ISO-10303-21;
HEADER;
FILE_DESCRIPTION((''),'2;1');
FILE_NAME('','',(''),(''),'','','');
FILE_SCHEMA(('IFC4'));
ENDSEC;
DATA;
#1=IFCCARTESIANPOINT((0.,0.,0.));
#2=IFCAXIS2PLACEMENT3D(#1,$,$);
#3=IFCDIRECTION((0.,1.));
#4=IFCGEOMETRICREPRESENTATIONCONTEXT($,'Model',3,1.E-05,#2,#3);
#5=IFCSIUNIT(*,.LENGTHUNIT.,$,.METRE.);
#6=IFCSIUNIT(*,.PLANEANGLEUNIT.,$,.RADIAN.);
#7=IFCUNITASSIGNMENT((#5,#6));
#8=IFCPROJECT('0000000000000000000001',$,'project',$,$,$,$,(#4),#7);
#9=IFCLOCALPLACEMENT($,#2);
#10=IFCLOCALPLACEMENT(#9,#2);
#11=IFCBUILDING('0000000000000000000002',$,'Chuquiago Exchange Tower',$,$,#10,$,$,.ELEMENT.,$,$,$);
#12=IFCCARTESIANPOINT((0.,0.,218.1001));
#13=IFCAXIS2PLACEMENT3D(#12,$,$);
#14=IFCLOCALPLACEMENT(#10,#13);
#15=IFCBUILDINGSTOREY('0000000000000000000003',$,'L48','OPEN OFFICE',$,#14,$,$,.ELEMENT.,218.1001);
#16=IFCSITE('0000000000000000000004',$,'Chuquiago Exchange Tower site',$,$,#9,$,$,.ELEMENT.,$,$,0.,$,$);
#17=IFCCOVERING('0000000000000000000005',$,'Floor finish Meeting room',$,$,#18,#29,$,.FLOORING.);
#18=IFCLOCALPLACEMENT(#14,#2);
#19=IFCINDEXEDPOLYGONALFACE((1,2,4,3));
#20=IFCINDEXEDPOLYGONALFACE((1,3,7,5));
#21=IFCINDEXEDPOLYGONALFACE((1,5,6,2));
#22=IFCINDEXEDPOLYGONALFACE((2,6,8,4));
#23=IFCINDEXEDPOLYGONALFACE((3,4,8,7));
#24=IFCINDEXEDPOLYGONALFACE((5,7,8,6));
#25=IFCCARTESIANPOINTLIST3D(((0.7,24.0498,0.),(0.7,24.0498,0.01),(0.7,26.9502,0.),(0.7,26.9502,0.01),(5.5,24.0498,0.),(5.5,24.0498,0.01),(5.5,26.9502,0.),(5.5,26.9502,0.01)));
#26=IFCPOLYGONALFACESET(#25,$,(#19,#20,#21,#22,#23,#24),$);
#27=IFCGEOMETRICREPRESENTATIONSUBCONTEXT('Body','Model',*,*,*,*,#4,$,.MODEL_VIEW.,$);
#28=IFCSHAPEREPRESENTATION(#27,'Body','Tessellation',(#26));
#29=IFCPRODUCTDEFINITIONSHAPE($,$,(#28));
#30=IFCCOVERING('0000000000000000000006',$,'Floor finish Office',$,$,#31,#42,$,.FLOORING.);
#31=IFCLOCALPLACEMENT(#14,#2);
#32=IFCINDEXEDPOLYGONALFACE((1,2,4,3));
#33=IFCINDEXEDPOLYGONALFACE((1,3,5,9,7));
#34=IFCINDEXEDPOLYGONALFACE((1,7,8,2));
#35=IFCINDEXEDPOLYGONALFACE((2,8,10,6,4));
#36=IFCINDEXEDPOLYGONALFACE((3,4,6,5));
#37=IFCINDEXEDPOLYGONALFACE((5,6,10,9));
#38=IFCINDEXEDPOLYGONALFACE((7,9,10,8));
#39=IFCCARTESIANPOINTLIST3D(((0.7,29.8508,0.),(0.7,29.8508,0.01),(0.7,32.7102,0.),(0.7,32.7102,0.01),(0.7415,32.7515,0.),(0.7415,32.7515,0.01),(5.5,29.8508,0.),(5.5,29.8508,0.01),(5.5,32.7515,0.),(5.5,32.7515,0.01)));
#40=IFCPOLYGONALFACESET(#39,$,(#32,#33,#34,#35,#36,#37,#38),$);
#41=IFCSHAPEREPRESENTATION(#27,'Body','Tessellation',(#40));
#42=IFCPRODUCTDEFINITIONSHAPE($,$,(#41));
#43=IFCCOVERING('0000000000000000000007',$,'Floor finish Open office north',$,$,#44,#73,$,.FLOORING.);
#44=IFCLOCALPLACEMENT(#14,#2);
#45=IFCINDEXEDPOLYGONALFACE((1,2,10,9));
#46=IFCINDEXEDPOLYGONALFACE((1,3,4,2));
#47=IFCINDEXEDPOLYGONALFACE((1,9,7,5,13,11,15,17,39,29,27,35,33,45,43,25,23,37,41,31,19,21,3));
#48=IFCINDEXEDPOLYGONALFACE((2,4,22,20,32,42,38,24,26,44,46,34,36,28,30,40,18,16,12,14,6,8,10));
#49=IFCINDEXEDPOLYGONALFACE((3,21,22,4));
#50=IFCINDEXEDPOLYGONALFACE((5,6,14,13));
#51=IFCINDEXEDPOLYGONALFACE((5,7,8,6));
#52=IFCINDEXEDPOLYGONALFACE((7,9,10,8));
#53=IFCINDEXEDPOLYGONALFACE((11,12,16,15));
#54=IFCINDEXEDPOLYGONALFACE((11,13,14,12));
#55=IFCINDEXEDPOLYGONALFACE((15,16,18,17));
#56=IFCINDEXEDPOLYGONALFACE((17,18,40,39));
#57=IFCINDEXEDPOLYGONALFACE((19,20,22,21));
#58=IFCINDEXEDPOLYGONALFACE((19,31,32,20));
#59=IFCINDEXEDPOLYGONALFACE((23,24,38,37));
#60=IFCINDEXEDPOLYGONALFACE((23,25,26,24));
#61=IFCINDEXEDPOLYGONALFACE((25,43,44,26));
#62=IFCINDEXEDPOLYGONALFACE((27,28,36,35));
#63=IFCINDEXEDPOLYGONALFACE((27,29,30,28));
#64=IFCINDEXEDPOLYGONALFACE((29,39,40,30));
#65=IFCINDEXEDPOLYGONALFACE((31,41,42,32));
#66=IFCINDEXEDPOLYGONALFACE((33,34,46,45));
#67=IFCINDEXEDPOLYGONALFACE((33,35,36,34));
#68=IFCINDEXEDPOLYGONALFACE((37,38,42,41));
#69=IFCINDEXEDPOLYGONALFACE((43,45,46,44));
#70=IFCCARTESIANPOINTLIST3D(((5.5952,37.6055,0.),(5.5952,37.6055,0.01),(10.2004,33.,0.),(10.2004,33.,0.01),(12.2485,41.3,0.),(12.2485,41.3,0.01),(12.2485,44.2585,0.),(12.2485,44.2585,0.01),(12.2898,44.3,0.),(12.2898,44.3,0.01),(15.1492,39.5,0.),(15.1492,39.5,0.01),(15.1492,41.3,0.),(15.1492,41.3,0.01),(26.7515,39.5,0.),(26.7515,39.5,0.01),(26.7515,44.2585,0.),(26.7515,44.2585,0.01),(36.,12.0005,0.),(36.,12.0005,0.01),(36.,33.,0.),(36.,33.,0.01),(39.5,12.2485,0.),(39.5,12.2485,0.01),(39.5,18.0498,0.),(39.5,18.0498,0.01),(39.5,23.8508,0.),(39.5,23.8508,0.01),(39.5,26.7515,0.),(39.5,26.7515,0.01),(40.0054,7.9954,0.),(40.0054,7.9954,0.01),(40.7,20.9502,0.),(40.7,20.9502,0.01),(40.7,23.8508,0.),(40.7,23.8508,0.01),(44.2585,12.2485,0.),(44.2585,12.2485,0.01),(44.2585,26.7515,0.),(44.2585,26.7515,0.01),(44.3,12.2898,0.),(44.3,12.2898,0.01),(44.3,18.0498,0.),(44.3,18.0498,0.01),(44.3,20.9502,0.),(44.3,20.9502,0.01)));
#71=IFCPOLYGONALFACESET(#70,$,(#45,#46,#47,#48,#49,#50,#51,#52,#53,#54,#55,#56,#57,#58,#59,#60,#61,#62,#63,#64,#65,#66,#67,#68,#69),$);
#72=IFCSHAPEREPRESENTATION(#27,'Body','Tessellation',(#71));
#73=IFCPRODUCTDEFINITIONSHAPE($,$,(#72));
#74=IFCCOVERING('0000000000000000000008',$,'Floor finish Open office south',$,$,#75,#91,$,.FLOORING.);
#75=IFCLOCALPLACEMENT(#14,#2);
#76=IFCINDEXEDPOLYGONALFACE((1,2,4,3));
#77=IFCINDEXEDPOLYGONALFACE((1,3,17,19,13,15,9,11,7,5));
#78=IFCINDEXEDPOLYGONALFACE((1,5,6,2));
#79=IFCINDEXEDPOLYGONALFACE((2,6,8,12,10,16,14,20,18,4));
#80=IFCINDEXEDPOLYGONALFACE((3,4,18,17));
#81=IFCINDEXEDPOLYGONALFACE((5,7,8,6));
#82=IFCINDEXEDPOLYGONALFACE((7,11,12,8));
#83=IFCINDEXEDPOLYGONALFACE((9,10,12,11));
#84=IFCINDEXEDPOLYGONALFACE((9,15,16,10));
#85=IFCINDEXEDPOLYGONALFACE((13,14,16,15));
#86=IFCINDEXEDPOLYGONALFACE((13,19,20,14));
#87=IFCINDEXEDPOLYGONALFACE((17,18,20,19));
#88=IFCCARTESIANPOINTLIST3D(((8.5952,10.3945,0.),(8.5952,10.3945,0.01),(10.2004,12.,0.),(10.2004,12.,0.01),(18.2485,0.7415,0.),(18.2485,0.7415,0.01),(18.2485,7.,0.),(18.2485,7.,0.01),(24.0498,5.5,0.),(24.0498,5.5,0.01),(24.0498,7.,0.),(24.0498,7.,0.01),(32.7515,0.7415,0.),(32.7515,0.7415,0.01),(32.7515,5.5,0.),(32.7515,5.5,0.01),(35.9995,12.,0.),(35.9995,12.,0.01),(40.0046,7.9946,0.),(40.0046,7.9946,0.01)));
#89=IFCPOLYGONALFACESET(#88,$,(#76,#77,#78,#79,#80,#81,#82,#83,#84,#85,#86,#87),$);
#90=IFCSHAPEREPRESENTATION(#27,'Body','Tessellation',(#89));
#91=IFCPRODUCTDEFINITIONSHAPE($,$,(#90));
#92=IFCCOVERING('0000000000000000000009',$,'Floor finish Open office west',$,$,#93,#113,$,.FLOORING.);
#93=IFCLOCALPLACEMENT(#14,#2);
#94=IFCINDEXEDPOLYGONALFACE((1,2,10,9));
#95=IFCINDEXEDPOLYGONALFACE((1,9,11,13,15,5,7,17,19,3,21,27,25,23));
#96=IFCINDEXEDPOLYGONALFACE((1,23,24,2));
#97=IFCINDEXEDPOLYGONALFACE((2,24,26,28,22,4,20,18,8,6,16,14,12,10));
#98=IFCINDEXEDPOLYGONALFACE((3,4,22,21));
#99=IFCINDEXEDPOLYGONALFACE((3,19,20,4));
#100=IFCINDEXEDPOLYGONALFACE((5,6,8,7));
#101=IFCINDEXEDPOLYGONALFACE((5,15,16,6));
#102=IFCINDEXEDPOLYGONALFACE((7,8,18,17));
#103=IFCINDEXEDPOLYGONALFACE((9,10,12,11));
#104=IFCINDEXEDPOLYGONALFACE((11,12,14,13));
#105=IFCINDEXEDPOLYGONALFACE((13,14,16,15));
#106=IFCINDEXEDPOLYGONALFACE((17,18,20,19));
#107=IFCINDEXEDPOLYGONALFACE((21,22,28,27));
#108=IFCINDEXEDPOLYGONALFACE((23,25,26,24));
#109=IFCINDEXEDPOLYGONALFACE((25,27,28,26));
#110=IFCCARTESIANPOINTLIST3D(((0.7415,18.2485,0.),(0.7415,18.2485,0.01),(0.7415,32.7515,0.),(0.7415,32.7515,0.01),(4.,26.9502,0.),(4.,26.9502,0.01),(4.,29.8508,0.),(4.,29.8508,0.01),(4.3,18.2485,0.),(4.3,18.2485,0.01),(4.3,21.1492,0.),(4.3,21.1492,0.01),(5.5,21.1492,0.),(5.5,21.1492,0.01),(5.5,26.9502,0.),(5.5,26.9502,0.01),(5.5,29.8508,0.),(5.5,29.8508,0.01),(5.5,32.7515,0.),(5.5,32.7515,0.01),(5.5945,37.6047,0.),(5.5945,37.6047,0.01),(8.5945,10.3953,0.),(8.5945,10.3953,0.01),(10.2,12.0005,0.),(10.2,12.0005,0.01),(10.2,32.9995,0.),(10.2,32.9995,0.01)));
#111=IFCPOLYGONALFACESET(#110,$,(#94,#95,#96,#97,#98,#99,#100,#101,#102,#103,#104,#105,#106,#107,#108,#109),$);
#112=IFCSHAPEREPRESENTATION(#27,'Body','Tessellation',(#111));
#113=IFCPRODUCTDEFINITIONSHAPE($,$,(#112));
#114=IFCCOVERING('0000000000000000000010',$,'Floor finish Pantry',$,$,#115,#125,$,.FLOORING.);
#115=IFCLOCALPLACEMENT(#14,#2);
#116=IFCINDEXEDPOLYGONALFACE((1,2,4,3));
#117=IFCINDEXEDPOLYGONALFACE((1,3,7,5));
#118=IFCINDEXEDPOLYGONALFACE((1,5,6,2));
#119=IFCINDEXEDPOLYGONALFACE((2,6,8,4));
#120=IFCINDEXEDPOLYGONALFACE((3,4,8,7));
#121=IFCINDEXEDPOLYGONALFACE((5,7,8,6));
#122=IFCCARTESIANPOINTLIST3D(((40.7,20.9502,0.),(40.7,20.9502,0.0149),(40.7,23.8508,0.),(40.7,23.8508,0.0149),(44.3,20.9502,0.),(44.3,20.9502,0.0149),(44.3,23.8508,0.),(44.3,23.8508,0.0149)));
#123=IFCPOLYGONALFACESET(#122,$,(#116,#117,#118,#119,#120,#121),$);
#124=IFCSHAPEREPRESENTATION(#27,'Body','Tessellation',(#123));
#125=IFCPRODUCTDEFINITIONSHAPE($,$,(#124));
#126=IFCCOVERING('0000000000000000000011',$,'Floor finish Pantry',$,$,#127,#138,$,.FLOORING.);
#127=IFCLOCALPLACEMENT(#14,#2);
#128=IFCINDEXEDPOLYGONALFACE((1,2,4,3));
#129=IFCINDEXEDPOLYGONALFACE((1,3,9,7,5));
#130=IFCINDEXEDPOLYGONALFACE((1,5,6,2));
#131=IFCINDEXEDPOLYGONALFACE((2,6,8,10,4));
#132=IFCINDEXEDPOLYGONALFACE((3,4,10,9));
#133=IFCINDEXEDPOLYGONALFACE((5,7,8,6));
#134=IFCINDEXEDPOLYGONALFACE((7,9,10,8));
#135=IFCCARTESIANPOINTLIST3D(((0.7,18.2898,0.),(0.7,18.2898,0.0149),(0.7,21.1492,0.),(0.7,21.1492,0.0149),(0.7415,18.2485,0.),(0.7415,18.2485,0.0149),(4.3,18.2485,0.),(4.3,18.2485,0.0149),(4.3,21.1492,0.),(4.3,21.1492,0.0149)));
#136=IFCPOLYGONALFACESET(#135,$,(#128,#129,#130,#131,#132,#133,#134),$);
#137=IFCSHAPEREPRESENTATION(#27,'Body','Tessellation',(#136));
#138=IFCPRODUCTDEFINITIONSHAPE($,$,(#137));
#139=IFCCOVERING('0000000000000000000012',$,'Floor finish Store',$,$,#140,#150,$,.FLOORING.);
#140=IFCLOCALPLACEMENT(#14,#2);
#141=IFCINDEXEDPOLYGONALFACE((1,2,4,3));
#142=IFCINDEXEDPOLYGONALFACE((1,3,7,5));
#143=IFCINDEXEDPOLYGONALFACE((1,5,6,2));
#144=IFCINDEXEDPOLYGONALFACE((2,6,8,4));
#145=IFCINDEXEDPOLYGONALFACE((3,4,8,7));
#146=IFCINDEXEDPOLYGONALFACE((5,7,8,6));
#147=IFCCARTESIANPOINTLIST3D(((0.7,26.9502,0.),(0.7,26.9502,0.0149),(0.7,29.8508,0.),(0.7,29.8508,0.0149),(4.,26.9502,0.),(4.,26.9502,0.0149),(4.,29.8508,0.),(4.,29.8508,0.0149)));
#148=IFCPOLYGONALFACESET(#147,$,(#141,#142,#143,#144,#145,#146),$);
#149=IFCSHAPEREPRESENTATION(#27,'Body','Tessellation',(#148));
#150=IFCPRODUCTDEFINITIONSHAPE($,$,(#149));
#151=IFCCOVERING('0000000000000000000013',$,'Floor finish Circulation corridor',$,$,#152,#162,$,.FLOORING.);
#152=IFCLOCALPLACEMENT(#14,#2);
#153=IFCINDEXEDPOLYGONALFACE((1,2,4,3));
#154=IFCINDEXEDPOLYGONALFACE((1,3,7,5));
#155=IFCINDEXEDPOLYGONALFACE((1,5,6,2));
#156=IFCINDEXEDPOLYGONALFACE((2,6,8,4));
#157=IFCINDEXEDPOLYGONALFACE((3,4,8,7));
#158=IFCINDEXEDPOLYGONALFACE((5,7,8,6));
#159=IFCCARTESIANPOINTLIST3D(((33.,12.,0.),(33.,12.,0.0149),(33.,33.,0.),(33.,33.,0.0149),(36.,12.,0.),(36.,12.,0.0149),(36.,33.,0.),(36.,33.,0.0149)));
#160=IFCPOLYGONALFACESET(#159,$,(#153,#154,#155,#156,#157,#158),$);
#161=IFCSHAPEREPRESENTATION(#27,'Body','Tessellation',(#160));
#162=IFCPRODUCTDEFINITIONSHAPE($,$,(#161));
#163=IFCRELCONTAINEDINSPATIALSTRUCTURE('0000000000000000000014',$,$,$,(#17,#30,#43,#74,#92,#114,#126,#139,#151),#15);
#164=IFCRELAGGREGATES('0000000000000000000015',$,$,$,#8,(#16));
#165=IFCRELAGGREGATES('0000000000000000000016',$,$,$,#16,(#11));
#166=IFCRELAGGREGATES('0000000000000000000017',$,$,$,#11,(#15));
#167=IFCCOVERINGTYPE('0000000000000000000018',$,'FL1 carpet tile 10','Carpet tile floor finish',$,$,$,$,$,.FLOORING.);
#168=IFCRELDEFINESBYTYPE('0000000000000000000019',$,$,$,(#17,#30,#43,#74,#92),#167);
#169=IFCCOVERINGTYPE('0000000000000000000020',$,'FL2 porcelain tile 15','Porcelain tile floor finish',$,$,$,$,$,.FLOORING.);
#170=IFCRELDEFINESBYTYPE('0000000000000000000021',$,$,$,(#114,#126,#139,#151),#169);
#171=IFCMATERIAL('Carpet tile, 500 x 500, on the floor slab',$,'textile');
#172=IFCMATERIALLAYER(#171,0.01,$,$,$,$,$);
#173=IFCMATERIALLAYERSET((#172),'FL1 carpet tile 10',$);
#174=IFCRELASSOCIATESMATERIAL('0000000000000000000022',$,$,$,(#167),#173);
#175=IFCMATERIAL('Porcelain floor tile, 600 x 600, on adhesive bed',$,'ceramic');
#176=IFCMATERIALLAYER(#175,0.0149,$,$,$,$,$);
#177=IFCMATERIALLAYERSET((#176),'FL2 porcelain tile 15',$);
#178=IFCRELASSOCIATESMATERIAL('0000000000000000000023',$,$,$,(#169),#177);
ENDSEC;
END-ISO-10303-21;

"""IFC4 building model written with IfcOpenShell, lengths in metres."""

from ifc_helpers import new_model, si_unit, direction, frame, origin, place, context, subcontext, project, spatial, polyline, outline, extrude, material, layer, layer_set, type_object, element, save


model = new_model("IFC4")

# Units and contexts
model_context = context("Model", 3, precision=1e-05, world=origin(), true_north=direction((0.0, 1.0)))
body_context = subcontext(model_context, "Body", "Model", "MODEL_VIEW")
ifc_project = project(units=[si_unit("LENGTHUNIT", "METRE"), si_unit("PLANEANGLEUNIT", "RADIAN")], contexts=[model_context])

# Site, building, storey
site_placement = place(None, origin())
site = spatial("IfcSite", under=ifc_project, at=site_placement, Name="Chuquiago Exchange Tower site", CompositionType="ELEMENT", RefElevation=0.0)
building_placement = place(site_placement, origin())
building = spatial("IfcBuilding", under=site, at=building_placement, Name="Chuquiago Exchange Tower", CompositionType="ELEMENT")
storey_placement = place(building_placement, frame((0.0, 0.0, 218.1001)))
storey = spatial("IfcBuildingStorey", under=building, at=storey_placement, Name="L48", Description="OPEN OFFICE", CompositionType="ELEMENT", Elevation=218.1001)

# Coverings
ifc_material_1 = material(Name="Carpet tile, 500 x 500, on the floor slab", Category="textile")
ifc_layer_1 = layer(ifc_material_1, 0.01)
ifc_layer_set_1 = layer_set([ifc_layer_1], Name="FL1 carpet tile 10")
covering_type_1 = type_object("IfcCoveringType", Name="FL1 carpet tile 10", Description="Carpet tile floor finish", PredefinedType="FLOORING", material=ifc_layer_set_1)
covering_1_placement = place(storey_placement, origin())
element("IfcCovering", 1, at=covering_1_placement, inside=storey, type_object=covering_type_1, Name="Floor finish Meeting room", PredefinedType="FLOORING", context=body_context, shape_type="SweptSolid", body=[
    extrude(outline(polyline([(0.7, 26.9502), (5.5, 26.9502), (5.5, 24.0498), (0.7, 24.0498), (0.7, 26.9502)])), origin(), (0.0, 0.0, 1.0), 0.01),
])
covering_2_placement = place(storey_placement, origin())
element("IfcCovering", 2, at=covering_2_placement, inside=storey, type_object=covering_type_1, Name="Floor finish Office", PredefinedType="FLOORING", context=body_context, shape_type="SweptSolid", body=[
    extrude(outline(polyline([(0.7, 32.7102), (0.7415, 32.7515), (5.5, 32.7515), (5.5, 29.8508), (0.7, 29.8508), (0.7, 32.7102)])), origin(), (0.0, 0.0, 1.0), 0.01),
])
covering_3_placement = place(storey_placement, origin())
element("IfcCovering", 3, at=covering_3_placement, inside=storey, type_object=covering_type_1, Name="Floor finish Open office north", PredefinedType="FLOORING", context=body_context, shape_type="SweptSolid", body=[
    extrude(outline(polyline([(12.2485, 41.3), (15.1492, 41.3), (15.1492, 39.5), (26.7515, 39.5), (26.7515, 44.2585), (44.2585, 26.7515), (39.5, 26.7515), (39.5, 23.8508), (40.7, 23.8508), (40.7, 20.9502), (44.3, 20.9502), (44.3, 18.0498), (39.5, 18.0498), (39.5, 12.2485), (44.2585, 12.2485), (44.3, 12.2898), (40.0054, 7.9954), (36.0, 12.0005), (36.0, 33.0), (10.2004, 33.0), (5.5952, 37.6055), (12.2898, 44.3), (12.2485, 44.2585), (12.2485, 41.3)])), origin(), (0.0, 0.0, 1.0), 0.01),
])
covering_4_placement = place(storey_placement, origin())
element("IfcCovering", 4, at=covering_4_placement, inside=storey, type_object=covering_type_1, Name="Floor finish Open office south", PredefinedType="FLOORING", context=body_context, shape_type="SweptSolid", body=[
    extrude(outline(polyline([(32.7515, 0.7415), (32.7515, 5.5), (24.0498, 5.5), (24.0498, 7.0), (18.2485, 7.0), (18.2485, 0.7415), (8.5952, 10.3945), (10.2004, 12.0), (35.9995, 12.0), (40.0046, 7.9946), (32.7515, 0.7415)])), origin(), (0.0, 0.0, 1.0), 0.01),
])
covering_5_placement = place(storey_placement, origin())
element("IfcCovering", 5, at=covering_5_placement, inside=storey, type_object=covering_type_1, Name="Floor finish Open office west", PredefinedType="FLOORING", context=body_context, shape_type="SweptSolid", body=[
    extrude(outline(polyline([(0.7415, 18.2485), (4.3, 18.2485), (4.3, 21.1492), (5.5, 21.1492), (5.5, 26.9502), (4.0, 26.9502), (4.0, 29.8508), (5.5, 29.8508), (5.5, 32.7515), (0.7415, 32.7515), (5.5945, 37.6047), (10.2, 32.9995), (10.2, 12.0005), (8.5945, 10.3953), (0.7415, 18.2485)])), origin(), (0.0, 0.0, 1.0), 0.01),
])
ifc_material_2 = material(Name="Porcelain floor tile, 600 x 600, on adhesive bed", Category="ceramic")
ifc_layer_2 = layer(ifc_material_2, 0.0149)
ifc_layer_set_2 = layer_set([ifc_layer_2], Name="FL2 porcelain tile 15")
covering_type_2 = type_object("IfcCoveringType", Name="FL2 porcelain tile 15", Description="Porcelain tile floor finish", PredefinedType="FLOORING", material=ifc_layer_set_2)
covering_6_placement = place(storey_placement, origin())
element("IfcCovering", 6, at=covering_6_placement, inside=storey, type_object=covering_type_2, Name="Floor finish Pantry", PredefinedType="FLOORING", context=body_context, shape_type="SweptSolid", body=[
    extrude(outline(polyline([(44.3, 20.9502), (40.7, 20.9502), (40.7, 23.8508), (44.3, 23.8508), (44.3, 20.9502)])), origin(), (0.0, 0.0, 1.0), 0.0149),
])
covering_7_placement = place(storey_placement, origin())
element("IfcCovering", 7, at=covering_7_placement, inside=storey, type_object=covering_type_2, Name="Floor finish Pantry", PredefinedType="FLOORING", context=body_context, shape_type="SweptSolid", body=[
    extrude(outline(polyline([(0.7, 21.1492), (4.3, 21.1492), (4.3, 18.2485), (0.7415, 18.2485), (0.7, 18.2898), (0.7, 21.1492)])), origin(), (0.0, 0.0, 1.0), 0.0149),
])
covering_8_placement = place(storey_placement, origin())
element("IfcCovering", 8, at=covering_8_placement, inside=storey, type_object=covering_type_2, Name="Floor finish Store", PredefinedType="FLOORING", context=body_context, shape_type="SweptSolid", body=[
    extrude(outline(polyline([(0.7, 29.8508), (4.0, 29.8508), (4.0, 26.9502), (0.7, 26.9502), (0.7, 29.8508)])), origin(), (0.0, 0.0, 1.0), 0.0149),
])
covering_9_placement = place(storey_placement, origin())
element("IfcCovering", 9, at=covering_9_placement, inside=storey, type_object=covering_type_2, Name="Floor finish Circulation corridor", PredefinedType="FLOORING", context=body_context, shape_type="SweptSolid", body=[
    extrude(outline(polyline([(33.0, 33.0), (36.0, 33.0), (36.0, 12.0), (33.0, 12.0), (33.0, 33.0)])), origin(), (0.0, 0.0, 1.0), 0.0149),
])

save(model, "model.ifc")
